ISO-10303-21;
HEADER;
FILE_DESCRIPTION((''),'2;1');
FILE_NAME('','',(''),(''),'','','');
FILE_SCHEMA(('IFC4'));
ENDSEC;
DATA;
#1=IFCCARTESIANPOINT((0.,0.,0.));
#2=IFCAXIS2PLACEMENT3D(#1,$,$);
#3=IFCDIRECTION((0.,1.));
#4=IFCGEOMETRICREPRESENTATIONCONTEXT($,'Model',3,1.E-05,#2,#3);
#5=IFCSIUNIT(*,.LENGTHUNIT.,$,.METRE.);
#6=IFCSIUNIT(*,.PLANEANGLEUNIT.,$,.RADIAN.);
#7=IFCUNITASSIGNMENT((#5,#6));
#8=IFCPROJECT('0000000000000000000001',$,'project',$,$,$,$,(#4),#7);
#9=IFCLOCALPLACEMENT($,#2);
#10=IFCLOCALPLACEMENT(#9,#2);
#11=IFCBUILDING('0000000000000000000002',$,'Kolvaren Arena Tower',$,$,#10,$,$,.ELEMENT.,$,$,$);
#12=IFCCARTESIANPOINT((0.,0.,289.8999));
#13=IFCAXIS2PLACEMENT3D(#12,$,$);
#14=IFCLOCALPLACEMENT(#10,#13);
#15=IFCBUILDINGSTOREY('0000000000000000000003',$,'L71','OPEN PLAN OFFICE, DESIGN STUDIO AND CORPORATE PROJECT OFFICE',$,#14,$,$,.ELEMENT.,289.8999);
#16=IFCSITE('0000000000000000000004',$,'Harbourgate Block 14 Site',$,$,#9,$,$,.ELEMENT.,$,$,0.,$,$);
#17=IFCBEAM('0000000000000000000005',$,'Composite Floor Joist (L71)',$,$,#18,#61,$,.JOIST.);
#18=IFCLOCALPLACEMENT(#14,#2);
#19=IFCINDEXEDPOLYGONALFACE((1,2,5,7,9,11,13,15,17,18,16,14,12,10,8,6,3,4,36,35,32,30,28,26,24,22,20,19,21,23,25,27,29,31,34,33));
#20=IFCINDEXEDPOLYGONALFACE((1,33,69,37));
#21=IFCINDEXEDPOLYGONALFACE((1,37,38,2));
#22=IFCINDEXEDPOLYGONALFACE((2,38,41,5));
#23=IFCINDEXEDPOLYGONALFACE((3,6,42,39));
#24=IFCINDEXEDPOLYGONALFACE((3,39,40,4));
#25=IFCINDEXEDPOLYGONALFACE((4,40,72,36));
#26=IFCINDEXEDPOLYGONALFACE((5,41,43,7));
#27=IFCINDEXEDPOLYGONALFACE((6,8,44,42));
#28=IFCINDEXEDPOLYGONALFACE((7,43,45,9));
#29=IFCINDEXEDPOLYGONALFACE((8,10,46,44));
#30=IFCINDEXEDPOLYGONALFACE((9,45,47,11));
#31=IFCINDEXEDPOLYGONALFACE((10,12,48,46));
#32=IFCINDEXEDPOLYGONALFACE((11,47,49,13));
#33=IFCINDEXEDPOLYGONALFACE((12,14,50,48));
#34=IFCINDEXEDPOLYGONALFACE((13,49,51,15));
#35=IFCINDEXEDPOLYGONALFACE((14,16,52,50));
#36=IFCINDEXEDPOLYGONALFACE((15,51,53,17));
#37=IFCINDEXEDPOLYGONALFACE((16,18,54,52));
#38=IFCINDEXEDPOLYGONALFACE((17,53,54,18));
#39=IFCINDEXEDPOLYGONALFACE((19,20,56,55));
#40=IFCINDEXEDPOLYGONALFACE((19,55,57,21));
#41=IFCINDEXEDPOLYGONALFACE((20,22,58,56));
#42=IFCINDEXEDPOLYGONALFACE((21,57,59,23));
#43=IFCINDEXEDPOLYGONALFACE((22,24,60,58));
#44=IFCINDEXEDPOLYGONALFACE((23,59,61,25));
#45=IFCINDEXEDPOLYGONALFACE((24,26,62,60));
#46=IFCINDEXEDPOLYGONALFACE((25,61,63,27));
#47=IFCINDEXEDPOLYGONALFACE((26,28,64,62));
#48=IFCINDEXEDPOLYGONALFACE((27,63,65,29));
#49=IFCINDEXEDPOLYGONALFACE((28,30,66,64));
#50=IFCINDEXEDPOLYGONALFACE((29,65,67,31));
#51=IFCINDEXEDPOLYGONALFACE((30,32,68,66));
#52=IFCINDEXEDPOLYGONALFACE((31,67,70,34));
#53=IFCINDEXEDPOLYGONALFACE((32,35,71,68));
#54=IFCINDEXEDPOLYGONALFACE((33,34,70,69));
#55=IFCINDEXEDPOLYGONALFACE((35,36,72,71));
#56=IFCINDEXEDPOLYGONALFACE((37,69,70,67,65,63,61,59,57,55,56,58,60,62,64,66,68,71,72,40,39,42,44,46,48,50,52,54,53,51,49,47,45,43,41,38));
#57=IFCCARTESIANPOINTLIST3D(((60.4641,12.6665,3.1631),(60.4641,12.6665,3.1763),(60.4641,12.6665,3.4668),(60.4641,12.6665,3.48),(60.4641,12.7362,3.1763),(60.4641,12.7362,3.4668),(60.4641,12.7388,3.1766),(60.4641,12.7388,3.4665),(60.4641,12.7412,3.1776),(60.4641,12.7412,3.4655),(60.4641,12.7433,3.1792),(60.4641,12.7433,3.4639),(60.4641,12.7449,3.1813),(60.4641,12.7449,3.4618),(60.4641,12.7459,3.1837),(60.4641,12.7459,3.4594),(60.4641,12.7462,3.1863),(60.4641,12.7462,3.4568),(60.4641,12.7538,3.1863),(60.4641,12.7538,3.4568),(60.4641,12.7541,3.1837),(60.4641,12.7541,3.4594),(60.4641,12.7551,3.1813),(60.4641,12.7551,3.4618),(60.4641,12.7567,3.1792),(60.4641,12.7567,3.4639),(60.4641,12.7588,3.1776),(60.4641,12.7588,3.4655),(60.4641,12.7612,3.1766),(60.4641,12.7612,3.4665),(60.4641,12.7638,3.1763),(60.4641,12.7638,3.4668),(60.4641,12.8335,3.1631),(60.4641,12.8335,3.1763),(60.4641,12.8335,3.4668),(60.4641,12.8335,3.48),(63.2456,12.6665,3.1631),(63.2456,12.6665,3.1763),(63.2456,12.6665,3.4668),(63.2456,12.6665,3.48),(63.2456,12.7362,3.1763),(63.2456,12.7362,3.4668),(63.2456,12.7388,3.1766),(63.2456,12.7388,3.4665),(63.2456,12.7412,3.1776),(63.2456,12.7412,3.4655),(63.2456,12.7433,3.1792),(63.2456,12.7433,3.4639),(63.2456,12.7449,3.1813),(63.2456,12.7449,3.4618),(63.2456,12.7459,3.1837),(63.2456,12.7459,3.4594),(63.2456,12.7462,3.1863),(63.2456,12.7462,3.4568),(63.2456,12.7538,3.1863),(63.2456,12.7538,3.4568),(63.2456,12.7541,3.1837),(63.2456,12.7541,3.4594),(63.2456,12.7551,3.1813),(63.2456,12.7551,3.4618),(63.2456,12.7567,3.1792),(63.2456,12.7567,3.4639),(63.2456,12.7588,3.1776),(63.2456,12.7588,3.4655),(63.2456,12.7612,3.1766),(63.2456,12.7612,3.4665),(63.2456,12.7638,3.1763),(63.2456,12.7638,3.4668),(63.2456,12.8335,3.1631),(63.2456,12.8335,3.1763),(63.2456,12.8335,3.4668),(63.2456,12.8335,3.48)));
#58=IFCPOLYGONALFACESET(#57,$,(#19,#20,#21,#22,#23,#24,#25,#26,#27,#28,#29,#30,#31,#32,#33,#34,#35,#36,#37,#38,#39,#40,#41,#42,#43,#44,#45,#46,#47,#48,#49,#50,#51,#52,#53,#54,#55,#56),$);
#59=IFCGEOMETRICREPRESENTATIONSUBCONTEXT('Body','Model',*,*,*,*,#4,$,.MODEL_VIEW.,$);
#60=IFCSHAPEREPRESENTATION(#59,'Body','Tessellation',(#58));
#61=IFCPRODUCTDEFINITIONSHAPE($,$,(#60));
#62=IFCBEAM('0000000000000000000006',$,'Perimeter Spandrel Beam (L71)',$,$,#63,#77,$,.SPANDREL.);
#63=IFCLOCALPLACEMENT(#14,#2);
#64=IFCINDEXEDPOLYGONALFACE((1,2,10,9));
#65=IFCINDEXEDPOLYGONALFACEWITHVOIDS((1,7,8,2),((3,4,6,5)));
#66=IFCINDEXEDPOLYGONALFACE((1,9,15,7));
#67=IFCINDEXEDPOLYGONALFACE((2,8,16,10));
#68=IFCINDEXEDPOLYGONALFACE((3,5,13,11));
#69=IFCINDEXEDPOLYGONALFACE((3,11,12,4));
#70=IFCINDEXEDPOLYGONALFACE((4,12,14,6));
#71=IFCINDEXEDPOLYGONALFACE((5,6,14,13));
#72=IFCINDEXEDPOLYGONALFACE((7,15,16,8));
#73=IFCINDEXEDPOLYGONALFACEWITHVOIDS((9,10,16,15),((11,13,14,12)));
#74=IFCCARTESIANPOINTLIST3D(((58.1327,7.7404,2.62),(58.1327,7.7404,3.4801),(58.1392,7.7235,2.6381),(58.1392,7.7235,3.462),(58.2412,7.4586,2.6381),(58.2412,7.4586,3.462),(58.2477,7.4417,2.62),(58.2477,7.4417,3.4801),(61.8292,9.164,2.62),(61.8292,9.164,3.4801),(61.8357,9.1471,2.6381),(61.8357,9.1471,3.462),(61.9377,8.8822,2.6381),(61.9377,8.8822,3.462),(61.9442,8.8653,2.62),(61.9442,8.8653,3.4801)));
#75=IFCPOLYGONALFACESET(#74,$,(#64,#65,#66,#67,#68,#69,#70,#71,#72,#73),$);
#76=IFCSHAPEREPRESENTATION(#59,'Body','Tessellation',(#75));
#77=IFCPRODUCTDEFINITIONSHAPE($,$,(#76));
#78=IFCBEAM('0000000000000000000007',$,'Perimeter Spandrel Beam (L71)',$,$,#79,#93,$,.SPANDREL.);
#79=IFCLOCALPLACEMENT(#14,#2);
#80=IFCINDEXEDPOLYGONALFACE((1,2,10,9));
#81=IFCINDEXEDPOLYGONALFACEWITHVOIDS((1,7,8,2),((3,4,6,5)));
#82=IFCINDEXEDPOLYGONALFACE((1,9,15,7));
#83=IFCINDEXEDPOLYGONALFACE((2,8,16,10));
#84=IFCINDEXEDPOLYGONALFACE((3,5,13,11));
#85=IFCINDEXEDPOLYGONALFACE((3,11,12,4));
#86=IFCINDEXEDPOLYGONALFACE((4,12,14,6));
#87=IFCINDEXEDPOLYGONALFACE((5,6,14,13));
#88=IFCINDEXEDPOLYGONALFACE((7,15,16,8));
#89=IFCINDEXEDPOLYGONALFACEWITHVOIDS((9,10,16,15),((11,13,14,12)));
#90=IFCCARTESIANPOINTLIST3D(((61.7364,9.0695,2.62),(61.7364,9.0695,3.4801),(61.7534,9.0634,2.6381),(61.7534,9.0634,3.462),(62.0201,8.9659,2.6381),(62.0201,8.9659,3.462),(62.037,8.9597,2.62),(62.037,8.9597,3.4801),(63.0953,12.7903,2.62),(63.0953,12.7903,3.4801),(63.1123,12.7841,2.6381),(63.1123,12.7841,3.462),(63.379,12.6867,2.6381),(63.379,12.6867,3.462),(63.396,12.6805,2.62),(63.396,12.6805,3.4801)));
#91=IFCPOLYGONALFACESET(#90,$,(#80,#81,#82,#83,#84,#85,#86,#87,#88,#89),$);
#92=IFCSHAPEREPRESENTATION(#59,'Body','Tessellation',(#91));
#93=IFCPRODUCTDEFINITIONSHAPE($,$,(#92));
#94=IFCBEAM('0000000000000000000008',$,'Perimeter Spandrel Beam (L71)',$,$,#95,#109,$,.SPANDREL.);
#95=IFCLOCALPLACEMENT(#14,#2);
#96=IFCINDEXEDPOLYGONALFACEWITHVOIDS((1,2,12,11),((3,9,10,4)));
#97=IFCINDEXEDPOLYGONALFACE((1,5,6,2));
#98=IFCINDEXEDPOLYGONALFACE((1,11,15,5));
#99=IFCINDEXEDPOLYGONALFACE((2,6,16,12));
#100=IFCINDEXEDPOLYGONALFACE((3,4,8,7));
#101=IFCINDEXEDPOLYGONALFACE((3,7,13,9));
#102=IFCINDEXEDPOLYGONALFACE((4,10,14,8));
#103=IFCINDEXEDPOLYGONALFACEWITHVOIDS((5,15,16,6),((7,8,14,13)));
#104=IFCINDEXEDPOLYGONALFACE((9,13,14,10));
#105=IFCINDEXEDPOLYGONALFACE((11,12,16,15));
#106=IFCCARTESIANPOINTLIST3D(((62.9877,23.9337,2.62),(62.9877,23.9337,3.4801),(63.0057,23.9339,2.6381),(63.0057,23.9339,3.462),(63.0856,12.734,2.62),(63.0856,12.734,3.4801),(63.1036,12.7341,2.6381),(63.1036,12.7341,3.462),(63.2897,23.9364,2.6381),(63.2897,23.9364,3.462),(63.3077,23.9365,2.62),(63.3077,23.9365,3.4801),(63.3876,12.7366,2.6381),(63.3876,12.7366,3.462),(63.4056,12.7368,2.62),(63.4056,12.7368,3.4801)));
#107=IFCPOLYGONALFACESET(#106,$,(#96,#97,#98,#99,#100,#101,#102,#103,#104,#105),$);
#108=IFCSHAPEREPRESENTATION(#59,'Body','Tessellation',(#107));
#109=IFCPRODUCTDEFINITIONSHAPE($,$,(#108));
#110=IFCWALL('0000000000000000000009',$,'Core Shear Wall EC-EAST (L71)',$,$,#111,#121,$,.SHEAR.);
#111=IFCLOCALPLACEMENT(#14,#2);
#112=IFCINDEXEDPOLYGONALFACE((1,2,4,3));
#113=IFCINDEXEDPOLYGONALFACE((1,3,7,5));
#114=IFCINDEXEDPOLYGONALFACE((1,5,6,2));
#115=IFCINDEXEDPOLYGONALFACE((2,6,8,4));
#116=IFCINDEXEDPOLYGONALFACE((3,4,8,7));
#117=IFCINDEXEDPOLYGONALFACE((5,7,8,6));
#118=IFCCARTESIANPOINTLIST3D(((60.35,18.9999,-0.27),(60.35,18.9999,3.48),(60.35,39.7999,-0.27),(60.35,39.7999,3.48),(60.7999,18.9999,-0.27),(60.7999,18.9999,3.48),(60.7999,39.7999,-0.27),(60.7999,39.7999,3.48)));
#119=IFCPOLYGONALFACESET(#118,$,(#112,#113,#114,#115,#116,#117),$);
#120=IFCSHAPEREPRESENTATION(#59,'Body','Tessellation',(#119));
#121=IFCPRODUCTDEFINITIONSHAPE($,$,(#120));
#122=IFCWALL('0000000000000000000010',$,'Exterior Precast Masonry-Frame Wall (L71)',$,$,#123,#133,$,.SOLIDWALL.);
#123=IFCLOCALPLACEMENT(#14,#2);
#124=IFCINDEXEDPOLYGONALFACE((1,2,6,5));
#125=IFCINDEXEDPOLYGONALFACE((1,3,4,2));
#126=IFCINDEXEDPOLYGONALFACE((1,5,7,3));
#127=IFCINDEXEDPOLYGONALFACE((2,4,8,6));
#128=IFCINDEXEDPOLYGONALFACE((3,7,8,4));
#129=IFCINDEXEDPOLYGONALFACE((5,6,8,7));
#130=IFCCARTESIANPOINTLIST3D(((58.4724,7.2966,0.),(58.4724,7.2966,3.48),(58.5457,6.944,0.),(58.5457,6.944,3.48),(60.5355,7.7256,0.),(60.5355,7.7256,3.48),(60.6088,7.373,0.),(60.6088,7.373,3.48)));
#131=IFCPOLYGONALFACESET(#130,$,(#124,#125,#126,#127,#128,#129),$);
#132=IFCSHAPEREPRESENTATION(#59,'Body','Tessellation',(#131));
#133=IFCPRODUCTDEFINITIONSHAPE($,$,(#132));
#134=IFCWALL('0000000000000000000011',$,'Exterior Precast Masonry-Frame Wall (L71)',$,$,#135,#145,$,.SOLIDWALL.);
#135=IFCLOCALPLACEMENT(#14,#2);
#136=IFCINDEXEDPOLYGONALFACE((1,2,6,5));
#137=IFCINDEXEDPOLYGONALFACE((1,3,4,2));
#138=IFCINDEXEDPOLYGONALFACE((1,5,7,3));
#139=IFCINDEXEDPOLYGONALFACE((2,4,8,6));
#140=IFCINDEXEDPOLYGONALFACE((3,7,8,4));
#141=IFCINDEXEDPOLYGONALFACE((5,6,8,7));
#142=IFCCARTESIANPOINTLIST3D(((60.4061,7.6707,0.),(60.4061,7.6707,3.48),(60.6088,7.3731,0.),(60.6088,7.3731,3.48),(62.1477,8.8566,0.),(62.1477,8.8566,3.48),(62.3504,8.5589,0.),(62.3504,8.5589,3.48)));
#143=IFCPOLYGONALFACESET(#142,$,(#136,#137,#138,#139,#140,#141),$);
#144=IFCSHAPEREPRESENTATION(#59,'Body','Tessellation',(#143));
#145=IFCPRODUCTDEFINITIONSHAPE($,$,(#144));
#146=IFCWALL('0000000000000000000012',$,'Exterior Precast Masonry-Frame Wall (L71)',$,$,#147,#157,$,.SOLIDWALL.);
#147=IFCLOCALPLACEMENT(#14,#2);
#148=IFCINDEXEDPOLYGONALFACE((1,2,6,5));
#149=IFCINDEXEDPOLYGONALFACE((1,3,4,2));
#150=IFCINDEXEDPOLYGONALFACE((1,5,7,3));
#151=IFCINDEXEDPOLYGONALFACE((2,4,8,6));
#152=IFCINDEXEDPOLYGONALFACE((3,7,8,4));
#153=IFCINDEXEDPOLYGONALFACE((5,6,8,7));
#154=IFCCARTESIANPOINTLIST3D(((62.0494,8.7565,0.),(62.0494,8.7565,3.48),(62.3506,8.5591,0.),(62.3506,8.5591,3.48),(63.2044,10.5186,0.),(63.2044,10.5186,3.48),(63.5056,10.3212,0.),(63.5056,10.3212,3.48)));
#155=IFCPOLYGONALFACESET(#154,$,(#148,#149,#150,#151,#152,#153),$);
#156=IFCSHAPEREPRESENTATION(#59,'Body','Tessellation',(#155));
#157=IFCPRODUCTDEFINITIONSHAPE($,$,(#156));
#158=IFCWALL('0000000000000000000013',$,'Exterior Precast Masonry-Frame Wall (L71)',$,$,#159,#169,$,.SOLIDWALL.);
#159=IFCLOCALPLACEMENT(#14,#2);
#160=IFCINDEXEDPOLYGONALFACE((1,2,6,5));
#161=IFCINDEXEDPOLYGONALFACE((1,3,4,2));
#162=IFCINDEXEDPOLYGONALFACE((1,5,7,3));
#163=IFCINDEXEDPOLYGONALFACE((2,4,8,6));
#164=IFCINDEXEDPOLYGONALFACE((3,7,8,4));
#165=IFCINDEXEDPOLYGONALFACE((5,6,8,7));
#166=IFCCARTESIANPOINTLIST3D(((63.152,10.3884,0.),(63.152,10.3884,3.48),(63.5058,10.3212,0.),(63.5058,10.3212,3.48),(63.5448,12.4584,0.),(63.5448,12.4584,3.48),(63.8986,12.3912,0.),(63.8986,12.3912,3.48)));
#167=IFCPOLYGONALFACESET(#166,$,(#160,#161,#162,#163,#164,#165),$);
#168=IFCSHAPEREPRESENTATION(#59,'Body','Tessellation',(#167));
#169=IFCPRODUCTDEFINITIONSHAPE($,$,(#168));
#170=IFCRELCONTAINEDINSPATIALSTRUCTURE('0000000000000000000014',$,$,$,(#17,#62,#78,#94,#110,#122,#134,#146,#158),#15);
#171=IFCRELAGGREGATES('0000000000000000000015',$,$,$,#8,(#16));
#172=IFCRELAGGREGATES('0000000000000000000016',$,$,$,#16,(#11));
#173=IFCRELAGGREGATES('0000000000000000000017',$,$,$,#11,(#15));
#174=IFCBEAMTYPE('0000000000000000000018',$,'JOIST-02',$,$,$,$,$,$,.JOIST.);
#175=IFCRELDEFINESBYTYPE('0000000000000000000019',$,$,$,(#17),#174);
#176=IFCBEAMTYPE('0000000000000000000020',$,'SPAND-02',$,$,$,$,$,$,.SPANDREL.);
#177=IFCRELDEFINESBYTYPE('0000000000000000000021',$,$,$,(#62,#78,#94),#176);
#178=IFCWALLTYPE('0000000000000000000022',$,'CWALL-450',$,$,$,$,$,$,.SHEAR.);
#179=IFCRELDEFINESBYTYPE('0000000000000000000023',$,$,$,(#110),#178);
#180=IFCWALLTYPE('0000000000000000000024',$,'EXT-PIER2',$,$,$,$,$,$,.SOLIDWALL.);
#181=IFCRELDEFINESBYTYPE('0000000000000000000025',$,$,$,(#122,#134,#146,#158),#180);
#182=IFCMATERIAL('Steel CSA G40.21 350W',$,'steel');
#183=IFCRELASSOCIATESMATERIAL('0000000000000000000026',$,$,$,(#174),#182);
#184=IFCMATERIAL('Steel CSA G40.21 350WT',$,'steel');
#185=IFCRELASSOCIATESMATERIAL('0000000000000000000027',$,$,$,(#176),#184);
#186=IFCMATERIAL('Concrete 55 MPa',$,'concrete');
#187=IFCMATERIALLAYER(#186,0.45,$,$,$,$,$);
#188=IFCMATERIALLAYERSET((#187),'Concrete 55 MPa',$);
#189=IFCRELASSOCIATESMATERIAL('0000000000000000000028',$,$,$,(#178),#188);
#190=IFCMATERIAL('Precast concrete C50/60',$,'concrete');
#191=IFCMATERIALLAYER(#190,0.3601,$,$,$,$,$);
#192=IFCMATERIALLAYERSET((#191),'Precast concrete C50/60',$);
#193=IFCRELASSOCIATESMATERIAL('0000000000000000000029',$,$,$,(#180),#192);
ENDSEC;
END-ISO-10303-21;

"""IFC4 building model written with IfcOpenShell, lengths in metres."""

from ifc_helpers import new_model, si_unit, direction, frame, frame_2d, origin, origin_2d, place, context, subcontext, project, spatial, rectangle, hollow_rectangle, i_section, extrude, material, layer, layer_set, material_profile, profile_set, type_object, element, save


model = new_model("IFC4")

# Units and contexts
model_context = context("Model", 3, precision=1e-05, world=origin(), true_north=direction((0.0, 1.0)))
body_context = subcontext(model_context, "Body", "Model", "MODEL_VIEW")
ifc_project = project(units=[si_unit("LENGTHUNIT", "METRE"), si_unit("PLANEANGLEUNIT", "RADIAN")], contexts=[model_context])

# Site, building, storey
site_placement = place(None, origin())
site = spatial("IfcSite", under=ifc_project, at=site_placement, Name="Harbourgate Block 14 Site", CompositionType="ELEMENT", RefElevation=0.0)
building_placement = place(site_placement, origin())
building = spatial("IfcBuilding", under=site, at=building_placement, Name="Kolvaren Arena Tower", CompositionType="ELEMENT")
storey_placement = place(building_placement, frame((0.0, 0.0, 289.8999)))
storey = spatial("IfcBuildingStorey", under=building, at=storey_placement, Name="L71", Description="OPEN PLAN OFFICE, DESIGN STUDIO AND CORPORATE PROJECT OFFICE", CompositionType="ELEMENT", Elevation=289.8999)

# Shared definitions
ifc_material_1 = material(Name="Precast concrete C50/60", Category="concrete")

# Beams
ifc_material_2 = material(Name="Steel CSA G40.21 350W", Category="steel")
ifc_material_profile_1 = material_profile(ifc_material_2, i_section(OverallWidth=0.167, OverallDepth=0.3169, WebThickness=0.0076, FlangeThickness=0.0132, FilletRadius=0.01, at=origin_2d()), Name="W310x52")
ifc_profile_set_1 = profile_set([ifc_material_profile_1], Name="Steel CSA G40.21 350W")
beam_type_1 = type_object("IfcBeamType", Name="JOIST-02", PredefinedType="JOIST", material=ifc_profile_set_1)
beam_1_placement = place(storey_placement, frame((60.4641, 12.75, 3.3215), z_axis=(1.0, 0.0, 0.0), x_axis=(0.0, 1.0, 0.0)))
element("IfcBeam", 1, at=beam_1_placement, inside=storey, type_object=beam_type_1, Name="Composite Floor Joist (L71)", PredefinedType="JOIST", context=body_context, shape_type="SweptSolid", body=[
    extrude(i_section(OverallWidth=0.167, OverallDepth=0.3169, WebThickness=0.0076, FlangeThickness=0.0132, FilletRadius=0.01, at=origin_2d()), origin(), (0.0, 0.0, 1.0), 2.7815),
])
ifc_material_3 = material(Name="Steel CSA G40.21 350WT", Category="steel")
ifc_material_profile_2 = material_profile(ifc_material_3, hollow_rectangle(XDim=0.3201, YDim=0.8601, WallThickness=0.0181, at=origin_2d()), Name="HSS 860x320x18")
ifc_profile_set_2 = profile_set([ifc_material_profile_2], Name="Steel CSA G40.21 350WT")
beam_type_2 = type_object("IfcBeamType", Name="SPAND-02", PredefinedType="SPANDREL", material=ifc_profile_set_2)
for number, where, z_axis, x_axis, name in (
    (2, (58.1902, 7.5911, 3.05), (0.93319, 0.359384, 0.0), (-0.359384, 0.93319, 0.0), "Perimeter Spandrel Beam (L71)"),
    (3, (61.8867, 9.0146, 3.05), (0.343059, 0.939314, 0.0), (-0.939314, 0.343059, 0.0), "Perimeter Spandrel Beam (L71)"),
):
    element("IfcBeam", number, at=place(storey_placement, frame(where, z_axis=z_axis, x_axis=x_axis)), inside=storey, type_object=beam_type_2, Name=name, PredefinedType="SPANDREL", context=body_context, shape_type="SweptSolid", body=[
        extrude(hollow_rectangle(XDim=0.3201, YDim=0.8601, WallThickness=0.0181, at=origin_2d()), origin(), (0.0, 0.0, 1.0), 3.9612),
    ])
beam_2_placement = place(storey_placement, frame((63.2456, 12.7354, 3.05), z_axis=(-0.008741, 0.999962, 0.0), x_axis=(-0.999962, -0.008741, 0.0)))
element("IfcBeam", 4, at=beam_2_placement, inside=storey, type_object=beam_type_2, Name="Perimeter Spandrel Beam (L71)", PredefinedType="SPANDREL", context=body_context, shape_type="SweptSolid", body=[
    extrude(hollow_rectangle(XDim=0.3201, YDim=0.8601, WallThickness=0.0181, at=origin_2d()), origin(), (0.0, 0.0, 1.0), 11.2002),
])

# Walls
ifc_material_4 = material(Name="Concrete 55 MPa", Category="concrete")
ifc_layer_1 = layer(ifc_material_4, 0.45)
ifc_layer_set_1 = layer_set([ifc_layer_1], Name="Concrete 55 MPa")
wall_type_1 = type_object("IfcWallType", Name="CWALL-450", PredefinedType="SHEAR", material=ifc_layer_set_1)
wall_1_placement = place(storey_placement, frame((60.575, 19.0, -0.27), z_axis=(0.0, 0.0, 1.0), x_axis=(0.0, 1.0, 0.0)))
element("IfcWall", 5, at=wall_1_placement, inside=storey, type_object=wall_type_1, Name="Core Shear Wall EC-EAST (L71)", PredefinedType="SHEAR", context=body_context, shape_type="SweptSolid", body=[
    extrude(rectangle(XDim=20.8, YDim=0.45, at=frame_2d((10.3999, 0.0))), origin(), (0.0, 0.0, 1.0), 3.75),
])
ifc_layer_2 = layer(ifc_material_1, 0.3601)
ifc_layer_set_2 = layer_set([ifc_layer_2], Name="Precast concrete C50/60")
wall_type_2 = type_object("IfcWallType", Name="EXT-PIER2", PredefinedType="SOLIDWALL", material=ifc_layer_set_2)
wall_2_placement = place(storey_placement, frame((60.5723, 7.5493, 0.0), z_axis=(0.0, 0.0, 1.0), x_axis=(-0.979059, -0.203575, 0.0)))
element("IfcWall", 6, at=wall_2_placement, inside=storey, type_object=wall_type_2, Name="Exterior Precast Masonry-Frame Wall (L71)", PredefinedType="SOLIDWALL", context=body_context, shape_type="SweptSolid", body=[
    extrude(rectangle(XDim=2.1072, YDim=0.3601, at=frame_2d((1.0537, 0.0))), origin(), (0.0, 0.0, 1.0), 3.48),
])
for number, where, z_axis, x_axis, name in (
    (7, (62.249, 8.7078, 0.0), (0.0, 0.0, 1.0), (-0.826573, -0.56283, 0.0), "Exterior Precast Masonry-Frame Wall (L71)"),
    (8, (63.355, 10.4199, 0.0), (0.0, 0.0, 1.0), (-0.548186, -0.836357, 0.0), "Exterior Precast Masonry-Frame Wall (L71)"),
    (9, (63.7217, 12.4248, 0.0), (0.0, 0.0, 1.0), (-0.186436, -0.982467, 0.0), "Exterior Precast Masonry-Frame Wall (L71)"),
):
    element("IfcWall", number, at=place(storey_placement, frame(where, z_axis=z_axis, x_axis=x_axis)), inside=storey, type_object=wall_type_2, Name=name, PredefinedType="SOLIDWALL", context=body_context, shape_type="SweptSolid", body=[
        extrude(rectangle(XDim=2.1069, YDim=0.3601, at=frame_2d((1.0535, 0.0))), origin(), (0.0, 0.0, 1.0), 3.48),
    ])

save(model, "model.ifc")
